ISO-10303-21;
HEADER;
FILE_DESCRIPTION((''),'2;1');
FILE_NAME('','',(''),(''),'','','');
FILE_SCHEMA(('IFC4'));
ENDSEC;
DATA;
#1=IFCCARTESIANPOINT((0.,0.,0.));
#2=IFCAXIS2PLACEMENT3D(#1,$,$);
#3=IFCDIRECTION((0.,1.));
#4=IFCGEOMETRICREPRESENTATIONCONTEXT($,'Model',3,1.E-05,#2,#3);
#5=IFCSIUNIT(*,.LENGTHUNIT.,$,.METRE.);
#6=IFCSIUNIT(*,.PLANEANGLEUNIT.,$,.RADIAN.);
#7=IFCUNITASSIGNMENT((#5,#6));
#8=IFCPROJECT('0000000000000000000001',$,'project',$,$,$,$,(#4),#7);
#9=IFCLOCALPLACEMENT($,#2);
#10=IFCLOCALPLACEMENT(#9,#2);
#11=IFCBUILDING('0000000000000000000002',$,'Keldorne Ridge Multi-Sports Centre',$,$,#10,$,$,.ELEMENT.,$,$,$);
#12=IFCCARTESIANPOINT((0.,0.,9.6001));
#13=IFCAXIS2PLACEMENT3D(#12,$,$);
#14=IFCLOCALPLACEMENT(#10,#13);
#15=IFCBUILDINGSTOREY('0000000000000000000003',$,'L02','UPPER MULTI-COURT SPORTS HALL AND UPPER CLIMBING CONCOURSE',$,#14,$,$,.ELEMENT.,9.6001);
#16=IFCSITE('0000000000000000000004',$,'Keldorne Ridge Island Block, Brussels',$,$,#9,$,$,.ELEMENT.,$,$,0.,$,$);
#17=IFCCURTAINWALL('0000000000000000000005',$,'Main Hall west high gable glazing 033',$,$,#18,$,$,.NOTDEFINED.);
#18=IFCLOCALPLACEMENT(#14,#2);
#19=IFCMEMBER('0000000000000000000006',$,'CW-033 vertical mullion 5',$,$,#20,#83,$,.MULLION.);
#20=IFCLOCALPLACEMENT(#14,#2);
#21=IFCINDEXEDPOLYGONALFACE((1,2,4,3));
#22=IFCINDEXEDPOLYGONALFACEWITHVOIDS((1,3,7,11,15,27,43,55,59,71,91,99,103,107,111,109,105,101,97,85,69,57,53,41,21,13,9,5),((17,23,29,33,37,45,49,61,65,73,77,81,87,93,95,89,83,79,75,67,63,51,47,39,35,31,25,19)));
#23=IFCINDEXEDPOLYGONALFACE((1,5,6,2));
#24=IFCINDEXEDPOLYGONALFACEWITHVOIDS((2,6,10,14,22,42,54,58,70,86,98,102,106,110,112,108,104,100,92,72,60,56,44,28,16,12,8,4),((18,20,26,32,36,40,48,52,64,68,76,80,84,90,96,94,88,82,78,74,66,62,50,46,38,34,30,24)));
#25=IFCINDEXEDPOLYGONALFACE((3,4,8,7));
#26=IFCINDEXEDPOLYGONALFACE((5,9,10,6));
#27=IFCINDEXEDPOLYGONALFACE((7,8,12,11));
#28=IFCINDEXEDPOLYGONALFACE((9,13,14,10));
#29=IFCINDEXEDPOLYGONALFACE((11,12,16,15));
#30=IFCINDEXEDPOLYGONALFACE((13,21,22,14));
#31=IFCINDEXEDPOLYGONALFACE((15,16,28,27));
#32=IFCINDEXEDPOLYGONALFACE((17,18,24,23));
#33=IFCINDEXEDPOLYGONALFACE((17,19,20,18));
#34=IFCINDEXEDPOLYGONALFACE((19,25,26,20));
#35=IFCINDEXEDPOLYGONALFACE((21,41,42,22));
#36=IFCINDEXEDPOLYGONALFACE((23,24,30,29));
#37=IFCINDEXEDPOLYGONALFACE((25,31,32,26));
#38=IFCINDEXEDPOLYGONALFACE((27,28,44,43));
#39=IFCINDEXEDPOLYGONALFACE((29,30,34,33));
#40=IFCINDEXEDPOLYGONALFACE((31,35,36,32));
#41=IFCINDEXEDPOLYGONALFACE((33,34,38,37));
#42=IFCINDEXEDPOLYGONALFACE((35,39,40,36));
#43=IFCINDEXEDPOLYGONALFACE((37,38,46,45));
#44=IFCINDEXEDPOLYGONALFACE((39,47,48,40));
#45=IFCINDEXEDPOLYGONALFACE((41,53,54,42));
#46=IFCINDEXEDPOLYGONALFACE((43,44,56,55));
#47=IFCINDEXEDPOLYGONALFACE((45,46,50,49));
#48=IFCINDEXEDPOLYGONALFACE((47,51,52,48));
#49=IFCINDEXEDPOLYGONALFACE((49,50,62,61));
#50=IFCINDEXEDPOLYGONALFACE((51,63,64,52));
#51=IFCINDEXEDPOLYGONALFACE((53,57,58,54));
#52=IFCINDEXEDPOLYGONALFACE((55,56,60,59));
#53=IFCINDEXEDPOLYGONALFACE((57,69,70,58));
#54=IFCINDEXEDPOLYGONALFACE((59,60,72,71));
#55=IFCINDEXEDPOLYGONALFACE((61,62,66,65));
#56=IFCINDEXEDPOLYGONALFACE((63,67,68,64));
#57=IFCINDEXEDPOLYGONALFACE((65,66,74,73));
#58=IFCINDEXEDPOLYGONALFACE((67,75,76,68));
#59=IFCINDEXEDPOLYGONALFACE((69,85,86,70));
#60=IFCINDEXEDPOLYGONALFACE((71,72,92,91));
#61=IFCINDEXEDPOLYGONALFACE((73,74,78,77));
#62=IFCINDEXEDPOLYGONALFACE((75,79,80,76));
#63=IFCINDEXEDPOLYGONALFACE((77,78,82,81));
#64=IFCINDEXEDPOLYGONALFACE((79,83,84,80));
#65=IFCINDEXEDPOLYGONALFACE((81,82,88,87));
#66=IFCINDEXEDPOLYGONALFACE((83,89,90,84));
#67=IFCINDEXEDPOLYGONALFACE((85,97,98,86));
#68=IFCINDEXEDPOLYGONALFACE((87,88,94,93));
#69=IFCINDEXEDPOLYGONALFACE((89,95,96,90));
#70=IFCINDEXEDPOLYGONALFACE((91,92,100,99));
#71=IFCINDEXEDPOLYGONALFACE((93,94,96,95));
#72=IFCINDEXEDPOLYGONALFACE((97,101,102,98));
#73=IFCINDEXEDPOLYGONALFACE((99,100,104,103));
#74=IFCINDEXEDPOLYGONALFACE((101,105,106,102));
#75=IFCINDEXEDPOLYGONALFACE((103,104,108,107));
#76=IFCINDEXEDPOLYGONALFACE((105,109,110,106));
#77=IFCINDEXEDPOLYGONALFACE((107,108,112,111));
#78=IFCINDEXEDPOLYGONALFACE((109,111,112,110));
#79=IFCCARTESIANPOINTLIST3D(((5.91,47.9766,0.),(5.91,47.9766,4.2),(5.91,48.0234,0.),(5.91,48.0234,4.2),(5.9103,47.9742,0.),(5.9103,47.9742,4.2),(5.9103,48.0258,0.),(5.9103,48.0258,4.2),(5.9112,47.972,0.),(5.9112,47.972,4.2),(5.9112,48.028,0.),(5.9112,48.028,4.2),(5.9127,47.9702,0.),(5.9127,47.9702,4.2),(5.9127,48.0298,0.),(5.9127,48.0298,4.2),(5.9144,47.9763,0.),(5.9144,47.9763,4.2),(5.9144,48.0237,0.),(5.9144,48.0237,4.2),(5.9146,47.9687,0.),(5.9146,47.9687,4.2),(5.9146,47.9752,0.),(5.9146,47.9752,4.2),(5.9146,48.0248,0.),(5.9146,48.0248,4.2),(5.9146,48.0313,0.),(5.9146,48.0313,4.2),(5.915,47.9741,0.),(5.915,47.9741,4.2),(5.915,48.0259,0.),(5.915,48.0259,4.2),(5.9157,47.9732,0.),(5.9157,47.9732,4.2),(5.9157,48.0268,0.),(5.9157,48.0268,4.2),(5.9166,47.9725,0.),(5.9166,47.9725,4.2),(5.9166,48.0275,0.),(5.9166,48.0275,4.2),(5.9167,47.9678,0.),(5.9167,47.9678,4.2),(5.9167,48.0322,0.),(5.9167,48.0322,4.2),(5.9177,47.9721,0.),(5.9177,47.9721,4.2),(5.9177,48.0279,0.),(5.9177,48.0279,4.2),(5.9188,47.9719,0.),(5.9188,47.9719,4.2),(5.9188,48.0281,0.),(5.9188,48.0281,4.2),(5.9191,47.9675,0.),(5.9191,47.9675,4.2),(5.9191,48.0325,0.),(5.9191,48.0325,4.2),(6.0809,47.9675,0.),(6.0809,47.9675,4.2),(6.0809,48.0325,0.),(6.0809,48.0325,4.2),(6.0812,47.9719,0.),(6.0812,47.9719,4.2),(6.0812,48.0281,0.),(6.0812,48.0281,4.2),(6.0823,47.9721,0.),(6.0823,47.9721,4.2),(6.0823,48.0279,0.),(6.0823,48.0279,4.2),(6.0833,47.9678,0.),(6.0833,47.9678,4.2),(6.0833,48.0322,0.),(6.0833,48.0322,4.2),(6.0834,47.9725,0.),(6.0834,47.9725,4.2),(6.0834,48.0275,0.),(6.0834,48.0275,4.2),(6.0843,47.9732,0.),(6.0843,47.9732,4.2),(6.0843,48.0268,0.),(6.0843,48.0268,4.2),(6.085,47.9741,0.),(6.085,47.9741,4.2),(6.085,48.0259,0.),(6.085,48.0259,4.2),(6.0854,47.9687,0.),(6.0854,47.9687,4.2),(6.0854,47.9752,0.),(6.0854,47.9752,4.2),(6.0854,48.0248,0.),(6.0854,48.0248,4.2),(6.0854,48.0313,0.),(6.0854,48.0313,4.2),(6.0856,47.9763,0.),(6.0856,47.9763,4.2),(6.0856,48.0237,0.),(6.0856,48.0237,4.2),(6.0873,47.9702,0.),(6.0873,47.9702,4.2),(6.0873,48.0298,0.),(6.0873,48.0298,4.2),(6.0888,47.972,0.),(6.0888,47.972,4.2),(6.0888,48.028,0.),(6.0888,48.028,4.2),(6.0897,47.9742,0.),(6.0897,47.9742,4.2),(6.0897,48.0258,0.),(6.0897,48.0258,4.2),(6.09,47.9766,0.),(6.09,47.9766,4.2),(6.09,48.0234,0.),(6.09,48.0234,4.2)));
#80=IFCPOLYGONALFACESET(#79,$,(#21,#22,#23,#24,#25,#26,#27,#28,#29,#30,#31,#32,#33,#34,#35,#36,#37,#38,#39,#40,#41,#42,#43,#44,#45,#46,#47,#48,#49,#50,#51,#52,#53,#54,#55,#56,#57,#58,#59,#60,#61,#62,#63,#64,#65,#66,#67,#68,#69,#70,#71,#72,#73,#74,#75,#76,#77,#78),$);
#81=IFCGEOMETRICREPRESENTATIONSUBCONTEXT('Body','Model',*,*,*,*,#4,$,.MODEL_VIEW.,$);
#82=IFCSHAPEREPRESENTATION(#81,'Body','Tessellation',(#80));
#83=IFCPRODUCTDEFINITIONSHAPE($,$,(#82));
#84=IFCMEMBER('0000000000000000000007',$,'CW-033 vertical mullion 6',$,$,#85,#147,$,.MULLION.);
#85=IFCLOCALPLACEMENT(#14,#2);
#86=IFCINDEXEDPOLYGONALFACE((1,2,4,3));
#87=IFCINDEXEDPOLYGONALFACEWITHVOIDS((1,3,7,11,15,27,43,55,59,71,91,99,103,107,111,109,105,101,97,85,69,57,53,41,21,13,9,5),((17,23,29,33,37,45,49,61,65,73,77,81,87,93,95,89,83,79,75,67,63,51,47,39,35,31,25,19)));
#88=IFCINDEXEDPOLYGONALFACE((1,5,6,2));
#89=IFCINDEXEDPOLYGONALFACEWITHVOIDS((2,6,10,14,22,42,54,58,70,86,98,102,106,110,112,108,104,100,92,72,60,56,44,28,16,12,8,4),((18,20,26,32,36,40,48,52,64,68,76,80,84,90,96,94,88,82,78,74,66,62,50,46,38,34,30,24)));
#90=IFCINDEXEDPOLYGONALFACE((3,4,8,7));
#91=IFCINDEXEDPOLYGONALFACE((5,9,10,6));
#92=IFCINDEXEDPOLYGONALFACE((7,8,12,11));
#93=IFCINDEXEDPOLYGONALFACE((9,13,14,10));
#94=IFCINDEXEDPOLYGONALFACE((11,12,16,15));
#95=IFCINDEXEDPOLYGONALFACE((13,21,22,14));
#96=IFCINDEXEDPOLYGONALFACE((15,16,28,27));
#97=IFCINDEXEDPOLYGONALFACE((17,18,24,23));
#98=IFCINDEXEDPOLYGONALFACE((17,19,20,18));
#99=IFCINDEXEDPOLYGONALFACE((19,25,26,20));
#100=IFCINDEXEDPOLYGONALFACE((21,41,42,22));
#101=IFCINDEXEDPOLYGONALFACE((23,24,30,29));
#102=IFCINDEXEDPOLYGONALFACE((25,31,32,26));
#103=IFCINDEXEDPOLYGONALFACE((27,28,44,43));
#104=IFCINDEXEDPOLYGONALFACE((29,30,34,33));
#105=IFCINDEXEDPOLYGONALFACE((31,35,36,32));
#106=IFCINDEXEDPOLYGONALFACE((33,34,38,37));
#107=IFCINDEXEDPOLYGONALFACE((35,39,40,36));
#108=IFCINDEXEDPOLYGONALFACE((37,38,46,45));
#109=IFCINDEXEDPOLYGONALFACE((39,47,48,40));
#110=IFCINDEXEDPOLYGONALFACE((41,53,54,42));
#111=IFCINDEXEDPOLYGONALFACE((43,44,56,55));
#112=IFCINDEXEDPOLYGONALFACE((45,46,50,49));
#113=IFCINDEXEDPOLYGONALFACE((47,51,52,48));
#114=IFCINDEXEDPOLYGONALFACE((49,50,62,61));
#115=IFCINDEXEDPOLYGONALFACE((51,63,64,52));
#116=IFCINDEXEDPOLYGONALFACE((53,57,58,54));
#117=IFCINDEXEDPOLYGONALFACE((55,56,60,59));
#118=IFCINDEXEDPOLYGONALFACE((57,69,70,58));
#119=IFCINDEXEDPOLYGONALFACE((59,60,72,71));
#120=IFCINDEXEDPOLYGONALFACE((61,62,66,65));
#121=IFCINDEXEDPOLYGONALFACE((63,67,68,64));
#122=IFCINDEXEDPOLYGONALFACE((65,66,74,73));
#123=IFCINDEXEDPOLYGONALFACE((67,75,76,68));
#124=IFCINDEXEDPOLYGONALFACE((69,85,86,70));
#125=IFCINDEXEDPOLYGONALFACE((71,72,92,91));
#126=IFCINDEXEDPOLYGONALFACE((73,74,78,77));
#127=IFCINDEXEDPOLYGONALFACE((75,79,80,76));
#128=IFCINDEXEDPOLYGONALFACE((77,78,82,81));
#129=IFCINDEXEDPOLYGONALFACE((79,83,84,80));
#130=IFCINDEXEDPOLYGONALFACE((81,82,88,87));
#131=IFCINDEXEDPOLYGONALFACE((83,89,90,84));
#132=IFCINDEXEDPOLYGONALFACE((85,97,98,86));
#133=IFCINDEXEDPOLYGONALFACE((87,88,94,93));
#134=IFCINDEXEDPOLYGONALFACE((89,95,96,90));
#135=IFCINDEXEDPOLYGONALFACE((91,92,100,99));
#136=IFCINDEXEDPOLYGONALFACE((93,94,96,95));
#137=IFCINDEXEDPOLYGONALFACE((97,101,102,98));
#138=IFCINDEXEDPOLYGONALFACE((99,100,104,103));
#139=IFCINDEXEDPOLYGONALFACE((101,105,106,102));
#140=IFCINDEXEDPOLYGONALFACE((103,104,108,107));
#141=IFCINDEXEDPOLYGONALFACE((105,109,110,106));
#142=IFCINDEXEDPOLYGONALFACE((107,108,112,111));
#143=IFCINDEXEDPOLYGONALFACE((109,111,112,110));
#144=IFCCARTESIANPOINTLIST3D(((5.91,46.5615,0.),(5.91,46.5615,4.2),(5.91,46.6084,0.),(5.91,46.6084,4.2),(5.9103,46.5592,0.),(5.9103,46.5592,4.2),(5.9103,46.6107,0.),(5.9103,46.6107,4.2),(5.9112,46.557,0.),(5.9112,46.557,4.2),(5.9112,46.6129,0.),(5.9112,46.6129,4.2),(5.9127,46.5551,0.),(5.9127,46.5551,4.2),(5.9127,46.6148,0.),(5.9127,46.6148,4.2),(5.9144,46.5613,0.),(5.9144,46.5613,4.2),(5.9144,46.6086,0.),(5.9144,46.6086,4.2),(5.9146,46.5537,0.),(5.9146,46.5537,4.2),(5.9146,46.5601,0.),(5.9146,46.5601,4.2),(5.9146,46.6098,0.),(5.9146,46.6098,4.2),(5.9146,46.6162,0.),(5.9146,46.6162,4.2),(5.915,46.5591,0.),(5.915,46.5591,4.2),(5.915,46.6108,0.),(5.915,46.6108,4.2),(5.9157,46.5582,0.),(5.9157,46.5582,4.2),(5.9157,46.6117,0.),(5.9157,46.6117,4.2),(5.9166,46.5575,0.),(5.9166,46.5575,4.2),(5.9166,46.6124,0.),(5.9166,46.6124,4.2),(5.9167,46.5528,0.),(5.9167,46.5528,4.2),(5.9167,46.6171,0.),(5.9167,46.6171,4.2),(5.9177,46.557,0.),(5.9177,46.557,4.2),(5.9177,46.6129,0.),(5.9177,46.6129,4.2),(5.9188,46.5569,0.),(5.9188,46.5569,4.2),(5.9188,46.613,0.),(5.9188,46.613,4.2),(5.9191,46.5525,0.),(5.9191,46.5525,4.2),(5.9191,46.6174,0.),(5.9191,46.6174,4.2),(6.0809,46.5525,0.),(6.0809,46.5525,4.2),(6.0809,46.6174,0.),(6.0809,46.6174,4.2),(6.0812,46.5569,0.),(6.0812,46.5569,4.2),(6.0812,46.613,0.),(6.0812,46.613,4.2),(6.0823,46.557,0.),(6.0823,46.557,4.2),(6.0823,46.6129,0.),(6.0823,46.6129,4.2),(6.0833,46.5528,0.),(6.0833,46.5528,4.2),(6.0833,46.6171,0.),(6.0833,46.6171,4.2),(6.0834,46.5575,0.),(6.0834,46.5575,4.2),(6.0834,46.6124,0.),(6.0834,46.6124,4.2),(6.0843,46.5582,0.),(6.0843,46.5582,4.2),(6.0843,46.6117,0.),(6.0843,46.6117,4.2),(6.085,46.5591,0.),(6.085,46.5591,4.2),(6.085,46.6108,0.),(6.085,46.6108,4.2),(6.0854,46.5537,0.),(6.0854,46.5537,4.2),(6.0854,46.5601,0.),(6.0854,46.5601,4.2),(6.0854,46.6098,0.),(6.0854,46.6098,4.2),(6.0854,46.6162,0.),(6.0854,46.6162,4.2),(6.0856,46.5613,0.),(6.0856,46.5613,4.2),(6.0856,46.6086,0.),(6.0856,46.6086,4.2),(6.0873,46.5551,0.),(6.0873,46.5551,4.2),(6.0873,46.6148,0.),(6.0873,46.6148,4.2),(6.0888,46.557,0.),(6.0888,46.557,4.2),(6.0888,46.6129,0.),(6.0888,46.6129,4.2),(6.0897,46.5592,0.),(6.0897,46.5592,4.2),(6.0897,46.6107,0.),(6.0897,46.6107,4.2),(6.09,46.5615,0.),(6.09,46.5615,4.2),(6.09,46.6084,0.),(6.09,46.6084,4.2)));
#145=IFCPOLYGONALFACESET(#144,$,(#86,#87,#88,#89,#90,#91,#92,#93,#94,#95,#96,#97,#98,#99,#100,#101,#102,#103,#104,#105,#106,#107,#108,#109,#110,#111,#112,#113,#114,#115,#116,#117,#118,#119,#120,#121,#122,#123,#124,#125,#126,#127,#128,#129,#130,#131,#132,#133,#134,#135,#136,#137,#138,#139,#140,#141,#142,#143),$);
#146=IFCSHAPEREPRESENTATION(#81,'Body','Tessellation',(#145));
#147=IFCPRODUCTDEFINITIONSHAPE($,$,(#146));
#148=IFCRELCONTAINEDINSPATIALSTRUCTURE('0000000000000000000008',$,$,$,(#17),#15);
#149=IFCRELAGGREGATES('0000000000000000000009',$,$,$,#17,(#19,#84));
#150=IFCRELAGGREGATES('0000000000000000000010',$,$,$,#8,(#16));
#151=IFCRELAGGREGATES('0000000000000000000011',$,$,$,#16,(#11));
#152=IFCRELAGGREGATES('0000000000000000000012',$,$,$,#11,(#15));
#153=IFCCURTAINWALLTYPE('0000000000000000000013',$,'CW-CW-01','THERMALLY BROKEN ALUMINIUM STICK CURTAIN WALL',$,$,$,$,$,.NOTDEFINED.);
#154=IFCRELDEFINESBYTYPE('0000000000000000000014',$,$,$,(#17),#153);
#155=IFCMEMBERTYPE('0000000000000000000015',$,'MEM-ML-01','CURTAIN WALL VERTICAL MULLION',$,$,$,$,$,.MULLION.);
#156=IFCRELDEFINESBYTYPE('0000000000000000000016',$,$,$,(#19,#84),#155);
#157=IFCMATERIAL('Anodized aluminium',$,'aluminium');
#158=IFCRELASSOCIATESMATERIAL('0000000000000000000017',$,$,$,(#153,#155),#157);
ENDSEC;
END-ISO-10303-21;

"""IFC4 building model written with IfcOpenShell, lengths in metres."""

from ifc_helpers import new_model, si_unit, direction, frame, origin, origin_2d, place, context, subcontext, project, spatial, hollow_rectangle, extrude, material, material_profile, profile_set, type_object, element, aggregate, save


model = new_model("IFC4")

# Units and contexts
model_context = context("Model", 3, precision=1e-05, world=origin(), true_north=direction((0.0, 1.0)))
body_context = subcontext(model_context, "Body", "Model", "MODEL_VIEW")
ifc_project = project(units=[si_unit("LENGTHUNIT", "METRE"), si_unit("PLANEANGLEUNIT", "RADIAN")], contexts=[model_context])

# Site, building, storey
site_placement = place(None, origin())
site = spatial("IfcSite", under=ifc_project, at=site_placement, Name="Keldorne Ridge Island Block, Brussels", CompositionType="ELEMENT", RefElevation=0.0)
building_placement = place(site_placement, origin())
building = spatial("IfcBuilding", under=site, at=building_placement, Name="Keldorne Ridge Multi-Sports Centre", CompositionType="ELEMENT")
storey_placement = place(building_placement, frame((0.0, 0.0, 9.6001)))
storey = spatial("IfcBuildingStorey", under=building, at=storey_placement, Name="L02", Description="UPPER MULTI-COURT SPORTS HALL AND UPPER CLIMBING CONCOURSE", CompositionType="ELEMENT", Elevation=9.6001)

# Curtain wall, members
ifc_material_1 = material(Name="Anodized aluminium", Category="aluminium")
curtain_wall_type = type_object("IfcCurtainWallType", Name="CW-CW-01", Description="THERMALLY BROKEN ALUMINIUM STICK CURTAIN WALL", PredefinedType="NOTDEFINED", material=ifc_material_1)
curtain_wall_placement = place(storey_placement, origin())
curtain_wall = element("IfcCurtainWall", 1, at=curtain_wall_placement, inside=storey, type_object=curtain_wall_type, Name="Main Hall west high gable glazing 033", PredefinedType="NOTDEFINED")
ifc_material_profile_1 = material_profile(ifc_material_1, hollow_rectangle(XDim=0.0649, YDim=0.1799, WallThickness=0.0044, InnerFilletRadius=0.0044, OuterFilletRadius=0.009, at=origin_2d()), Name="ALU MULLION 180x65x4.5")
ifc_profile_set_1 = profile_set([ifc_material_profile_1], Name="Anodized aluminium")
member_type_1 = type_object("IfcMemberType", Name="MEM-ML-01", Description="CURTAIN WALL VERTICAL MULLION", PredefinedType="MULLION", material=ifc_profile_set_1)
member_1_placement = place(storey_placement, frame((6.0, 48.0, 0.0), z_axis=(0.0, 0.0, 1.0), x_axis=(0.0, 1.0, 0.0)))
member_1 = element("IfcMember", 2, at=member_1_placement, type_object=member_type_1, Name="CW-033 vertical mullion 5", PredefinedType="MULLION", context=body_context, shape_type="SweptSolid", body=[
    extrude(hollow_rectangle(XDim=0.0649, YDim=0.1799, WallThickness=0.0044, InnerFilletRadius=0.0044, OuterFilletRadius=0.009, at=origin_2d()), origin(), (0.0, 0.0, 1.0), 4.2),
])
member_2_placement = place(storey_placement, frame((6.0, 46.585, 0.0), z_axis=(0.0, 0.0, 1.0), x_axis=(0.0, 1.0, 0.0)))
member_2 = element("IfcMember", 3, at=member_2_placement, type_object=member_type_1, Name="CW-033 vertical mullion 6", PredefinedType="MULLION", context=body_context, shape_type="SweptSolid", body=[
    extrude(hollow_rectangle(XDim=0.0649, YDim=0.1799, WallThickness=0.0044, InnerFilletRadius=0.0044, OuterFilletRadius=0.009, at=origin_2d()), origin(), (0.0, 0.0, 1.0), 4.2),
])
aggregate(curtain_wall, [member_1, member_2])

save(model, "model.ifc")
